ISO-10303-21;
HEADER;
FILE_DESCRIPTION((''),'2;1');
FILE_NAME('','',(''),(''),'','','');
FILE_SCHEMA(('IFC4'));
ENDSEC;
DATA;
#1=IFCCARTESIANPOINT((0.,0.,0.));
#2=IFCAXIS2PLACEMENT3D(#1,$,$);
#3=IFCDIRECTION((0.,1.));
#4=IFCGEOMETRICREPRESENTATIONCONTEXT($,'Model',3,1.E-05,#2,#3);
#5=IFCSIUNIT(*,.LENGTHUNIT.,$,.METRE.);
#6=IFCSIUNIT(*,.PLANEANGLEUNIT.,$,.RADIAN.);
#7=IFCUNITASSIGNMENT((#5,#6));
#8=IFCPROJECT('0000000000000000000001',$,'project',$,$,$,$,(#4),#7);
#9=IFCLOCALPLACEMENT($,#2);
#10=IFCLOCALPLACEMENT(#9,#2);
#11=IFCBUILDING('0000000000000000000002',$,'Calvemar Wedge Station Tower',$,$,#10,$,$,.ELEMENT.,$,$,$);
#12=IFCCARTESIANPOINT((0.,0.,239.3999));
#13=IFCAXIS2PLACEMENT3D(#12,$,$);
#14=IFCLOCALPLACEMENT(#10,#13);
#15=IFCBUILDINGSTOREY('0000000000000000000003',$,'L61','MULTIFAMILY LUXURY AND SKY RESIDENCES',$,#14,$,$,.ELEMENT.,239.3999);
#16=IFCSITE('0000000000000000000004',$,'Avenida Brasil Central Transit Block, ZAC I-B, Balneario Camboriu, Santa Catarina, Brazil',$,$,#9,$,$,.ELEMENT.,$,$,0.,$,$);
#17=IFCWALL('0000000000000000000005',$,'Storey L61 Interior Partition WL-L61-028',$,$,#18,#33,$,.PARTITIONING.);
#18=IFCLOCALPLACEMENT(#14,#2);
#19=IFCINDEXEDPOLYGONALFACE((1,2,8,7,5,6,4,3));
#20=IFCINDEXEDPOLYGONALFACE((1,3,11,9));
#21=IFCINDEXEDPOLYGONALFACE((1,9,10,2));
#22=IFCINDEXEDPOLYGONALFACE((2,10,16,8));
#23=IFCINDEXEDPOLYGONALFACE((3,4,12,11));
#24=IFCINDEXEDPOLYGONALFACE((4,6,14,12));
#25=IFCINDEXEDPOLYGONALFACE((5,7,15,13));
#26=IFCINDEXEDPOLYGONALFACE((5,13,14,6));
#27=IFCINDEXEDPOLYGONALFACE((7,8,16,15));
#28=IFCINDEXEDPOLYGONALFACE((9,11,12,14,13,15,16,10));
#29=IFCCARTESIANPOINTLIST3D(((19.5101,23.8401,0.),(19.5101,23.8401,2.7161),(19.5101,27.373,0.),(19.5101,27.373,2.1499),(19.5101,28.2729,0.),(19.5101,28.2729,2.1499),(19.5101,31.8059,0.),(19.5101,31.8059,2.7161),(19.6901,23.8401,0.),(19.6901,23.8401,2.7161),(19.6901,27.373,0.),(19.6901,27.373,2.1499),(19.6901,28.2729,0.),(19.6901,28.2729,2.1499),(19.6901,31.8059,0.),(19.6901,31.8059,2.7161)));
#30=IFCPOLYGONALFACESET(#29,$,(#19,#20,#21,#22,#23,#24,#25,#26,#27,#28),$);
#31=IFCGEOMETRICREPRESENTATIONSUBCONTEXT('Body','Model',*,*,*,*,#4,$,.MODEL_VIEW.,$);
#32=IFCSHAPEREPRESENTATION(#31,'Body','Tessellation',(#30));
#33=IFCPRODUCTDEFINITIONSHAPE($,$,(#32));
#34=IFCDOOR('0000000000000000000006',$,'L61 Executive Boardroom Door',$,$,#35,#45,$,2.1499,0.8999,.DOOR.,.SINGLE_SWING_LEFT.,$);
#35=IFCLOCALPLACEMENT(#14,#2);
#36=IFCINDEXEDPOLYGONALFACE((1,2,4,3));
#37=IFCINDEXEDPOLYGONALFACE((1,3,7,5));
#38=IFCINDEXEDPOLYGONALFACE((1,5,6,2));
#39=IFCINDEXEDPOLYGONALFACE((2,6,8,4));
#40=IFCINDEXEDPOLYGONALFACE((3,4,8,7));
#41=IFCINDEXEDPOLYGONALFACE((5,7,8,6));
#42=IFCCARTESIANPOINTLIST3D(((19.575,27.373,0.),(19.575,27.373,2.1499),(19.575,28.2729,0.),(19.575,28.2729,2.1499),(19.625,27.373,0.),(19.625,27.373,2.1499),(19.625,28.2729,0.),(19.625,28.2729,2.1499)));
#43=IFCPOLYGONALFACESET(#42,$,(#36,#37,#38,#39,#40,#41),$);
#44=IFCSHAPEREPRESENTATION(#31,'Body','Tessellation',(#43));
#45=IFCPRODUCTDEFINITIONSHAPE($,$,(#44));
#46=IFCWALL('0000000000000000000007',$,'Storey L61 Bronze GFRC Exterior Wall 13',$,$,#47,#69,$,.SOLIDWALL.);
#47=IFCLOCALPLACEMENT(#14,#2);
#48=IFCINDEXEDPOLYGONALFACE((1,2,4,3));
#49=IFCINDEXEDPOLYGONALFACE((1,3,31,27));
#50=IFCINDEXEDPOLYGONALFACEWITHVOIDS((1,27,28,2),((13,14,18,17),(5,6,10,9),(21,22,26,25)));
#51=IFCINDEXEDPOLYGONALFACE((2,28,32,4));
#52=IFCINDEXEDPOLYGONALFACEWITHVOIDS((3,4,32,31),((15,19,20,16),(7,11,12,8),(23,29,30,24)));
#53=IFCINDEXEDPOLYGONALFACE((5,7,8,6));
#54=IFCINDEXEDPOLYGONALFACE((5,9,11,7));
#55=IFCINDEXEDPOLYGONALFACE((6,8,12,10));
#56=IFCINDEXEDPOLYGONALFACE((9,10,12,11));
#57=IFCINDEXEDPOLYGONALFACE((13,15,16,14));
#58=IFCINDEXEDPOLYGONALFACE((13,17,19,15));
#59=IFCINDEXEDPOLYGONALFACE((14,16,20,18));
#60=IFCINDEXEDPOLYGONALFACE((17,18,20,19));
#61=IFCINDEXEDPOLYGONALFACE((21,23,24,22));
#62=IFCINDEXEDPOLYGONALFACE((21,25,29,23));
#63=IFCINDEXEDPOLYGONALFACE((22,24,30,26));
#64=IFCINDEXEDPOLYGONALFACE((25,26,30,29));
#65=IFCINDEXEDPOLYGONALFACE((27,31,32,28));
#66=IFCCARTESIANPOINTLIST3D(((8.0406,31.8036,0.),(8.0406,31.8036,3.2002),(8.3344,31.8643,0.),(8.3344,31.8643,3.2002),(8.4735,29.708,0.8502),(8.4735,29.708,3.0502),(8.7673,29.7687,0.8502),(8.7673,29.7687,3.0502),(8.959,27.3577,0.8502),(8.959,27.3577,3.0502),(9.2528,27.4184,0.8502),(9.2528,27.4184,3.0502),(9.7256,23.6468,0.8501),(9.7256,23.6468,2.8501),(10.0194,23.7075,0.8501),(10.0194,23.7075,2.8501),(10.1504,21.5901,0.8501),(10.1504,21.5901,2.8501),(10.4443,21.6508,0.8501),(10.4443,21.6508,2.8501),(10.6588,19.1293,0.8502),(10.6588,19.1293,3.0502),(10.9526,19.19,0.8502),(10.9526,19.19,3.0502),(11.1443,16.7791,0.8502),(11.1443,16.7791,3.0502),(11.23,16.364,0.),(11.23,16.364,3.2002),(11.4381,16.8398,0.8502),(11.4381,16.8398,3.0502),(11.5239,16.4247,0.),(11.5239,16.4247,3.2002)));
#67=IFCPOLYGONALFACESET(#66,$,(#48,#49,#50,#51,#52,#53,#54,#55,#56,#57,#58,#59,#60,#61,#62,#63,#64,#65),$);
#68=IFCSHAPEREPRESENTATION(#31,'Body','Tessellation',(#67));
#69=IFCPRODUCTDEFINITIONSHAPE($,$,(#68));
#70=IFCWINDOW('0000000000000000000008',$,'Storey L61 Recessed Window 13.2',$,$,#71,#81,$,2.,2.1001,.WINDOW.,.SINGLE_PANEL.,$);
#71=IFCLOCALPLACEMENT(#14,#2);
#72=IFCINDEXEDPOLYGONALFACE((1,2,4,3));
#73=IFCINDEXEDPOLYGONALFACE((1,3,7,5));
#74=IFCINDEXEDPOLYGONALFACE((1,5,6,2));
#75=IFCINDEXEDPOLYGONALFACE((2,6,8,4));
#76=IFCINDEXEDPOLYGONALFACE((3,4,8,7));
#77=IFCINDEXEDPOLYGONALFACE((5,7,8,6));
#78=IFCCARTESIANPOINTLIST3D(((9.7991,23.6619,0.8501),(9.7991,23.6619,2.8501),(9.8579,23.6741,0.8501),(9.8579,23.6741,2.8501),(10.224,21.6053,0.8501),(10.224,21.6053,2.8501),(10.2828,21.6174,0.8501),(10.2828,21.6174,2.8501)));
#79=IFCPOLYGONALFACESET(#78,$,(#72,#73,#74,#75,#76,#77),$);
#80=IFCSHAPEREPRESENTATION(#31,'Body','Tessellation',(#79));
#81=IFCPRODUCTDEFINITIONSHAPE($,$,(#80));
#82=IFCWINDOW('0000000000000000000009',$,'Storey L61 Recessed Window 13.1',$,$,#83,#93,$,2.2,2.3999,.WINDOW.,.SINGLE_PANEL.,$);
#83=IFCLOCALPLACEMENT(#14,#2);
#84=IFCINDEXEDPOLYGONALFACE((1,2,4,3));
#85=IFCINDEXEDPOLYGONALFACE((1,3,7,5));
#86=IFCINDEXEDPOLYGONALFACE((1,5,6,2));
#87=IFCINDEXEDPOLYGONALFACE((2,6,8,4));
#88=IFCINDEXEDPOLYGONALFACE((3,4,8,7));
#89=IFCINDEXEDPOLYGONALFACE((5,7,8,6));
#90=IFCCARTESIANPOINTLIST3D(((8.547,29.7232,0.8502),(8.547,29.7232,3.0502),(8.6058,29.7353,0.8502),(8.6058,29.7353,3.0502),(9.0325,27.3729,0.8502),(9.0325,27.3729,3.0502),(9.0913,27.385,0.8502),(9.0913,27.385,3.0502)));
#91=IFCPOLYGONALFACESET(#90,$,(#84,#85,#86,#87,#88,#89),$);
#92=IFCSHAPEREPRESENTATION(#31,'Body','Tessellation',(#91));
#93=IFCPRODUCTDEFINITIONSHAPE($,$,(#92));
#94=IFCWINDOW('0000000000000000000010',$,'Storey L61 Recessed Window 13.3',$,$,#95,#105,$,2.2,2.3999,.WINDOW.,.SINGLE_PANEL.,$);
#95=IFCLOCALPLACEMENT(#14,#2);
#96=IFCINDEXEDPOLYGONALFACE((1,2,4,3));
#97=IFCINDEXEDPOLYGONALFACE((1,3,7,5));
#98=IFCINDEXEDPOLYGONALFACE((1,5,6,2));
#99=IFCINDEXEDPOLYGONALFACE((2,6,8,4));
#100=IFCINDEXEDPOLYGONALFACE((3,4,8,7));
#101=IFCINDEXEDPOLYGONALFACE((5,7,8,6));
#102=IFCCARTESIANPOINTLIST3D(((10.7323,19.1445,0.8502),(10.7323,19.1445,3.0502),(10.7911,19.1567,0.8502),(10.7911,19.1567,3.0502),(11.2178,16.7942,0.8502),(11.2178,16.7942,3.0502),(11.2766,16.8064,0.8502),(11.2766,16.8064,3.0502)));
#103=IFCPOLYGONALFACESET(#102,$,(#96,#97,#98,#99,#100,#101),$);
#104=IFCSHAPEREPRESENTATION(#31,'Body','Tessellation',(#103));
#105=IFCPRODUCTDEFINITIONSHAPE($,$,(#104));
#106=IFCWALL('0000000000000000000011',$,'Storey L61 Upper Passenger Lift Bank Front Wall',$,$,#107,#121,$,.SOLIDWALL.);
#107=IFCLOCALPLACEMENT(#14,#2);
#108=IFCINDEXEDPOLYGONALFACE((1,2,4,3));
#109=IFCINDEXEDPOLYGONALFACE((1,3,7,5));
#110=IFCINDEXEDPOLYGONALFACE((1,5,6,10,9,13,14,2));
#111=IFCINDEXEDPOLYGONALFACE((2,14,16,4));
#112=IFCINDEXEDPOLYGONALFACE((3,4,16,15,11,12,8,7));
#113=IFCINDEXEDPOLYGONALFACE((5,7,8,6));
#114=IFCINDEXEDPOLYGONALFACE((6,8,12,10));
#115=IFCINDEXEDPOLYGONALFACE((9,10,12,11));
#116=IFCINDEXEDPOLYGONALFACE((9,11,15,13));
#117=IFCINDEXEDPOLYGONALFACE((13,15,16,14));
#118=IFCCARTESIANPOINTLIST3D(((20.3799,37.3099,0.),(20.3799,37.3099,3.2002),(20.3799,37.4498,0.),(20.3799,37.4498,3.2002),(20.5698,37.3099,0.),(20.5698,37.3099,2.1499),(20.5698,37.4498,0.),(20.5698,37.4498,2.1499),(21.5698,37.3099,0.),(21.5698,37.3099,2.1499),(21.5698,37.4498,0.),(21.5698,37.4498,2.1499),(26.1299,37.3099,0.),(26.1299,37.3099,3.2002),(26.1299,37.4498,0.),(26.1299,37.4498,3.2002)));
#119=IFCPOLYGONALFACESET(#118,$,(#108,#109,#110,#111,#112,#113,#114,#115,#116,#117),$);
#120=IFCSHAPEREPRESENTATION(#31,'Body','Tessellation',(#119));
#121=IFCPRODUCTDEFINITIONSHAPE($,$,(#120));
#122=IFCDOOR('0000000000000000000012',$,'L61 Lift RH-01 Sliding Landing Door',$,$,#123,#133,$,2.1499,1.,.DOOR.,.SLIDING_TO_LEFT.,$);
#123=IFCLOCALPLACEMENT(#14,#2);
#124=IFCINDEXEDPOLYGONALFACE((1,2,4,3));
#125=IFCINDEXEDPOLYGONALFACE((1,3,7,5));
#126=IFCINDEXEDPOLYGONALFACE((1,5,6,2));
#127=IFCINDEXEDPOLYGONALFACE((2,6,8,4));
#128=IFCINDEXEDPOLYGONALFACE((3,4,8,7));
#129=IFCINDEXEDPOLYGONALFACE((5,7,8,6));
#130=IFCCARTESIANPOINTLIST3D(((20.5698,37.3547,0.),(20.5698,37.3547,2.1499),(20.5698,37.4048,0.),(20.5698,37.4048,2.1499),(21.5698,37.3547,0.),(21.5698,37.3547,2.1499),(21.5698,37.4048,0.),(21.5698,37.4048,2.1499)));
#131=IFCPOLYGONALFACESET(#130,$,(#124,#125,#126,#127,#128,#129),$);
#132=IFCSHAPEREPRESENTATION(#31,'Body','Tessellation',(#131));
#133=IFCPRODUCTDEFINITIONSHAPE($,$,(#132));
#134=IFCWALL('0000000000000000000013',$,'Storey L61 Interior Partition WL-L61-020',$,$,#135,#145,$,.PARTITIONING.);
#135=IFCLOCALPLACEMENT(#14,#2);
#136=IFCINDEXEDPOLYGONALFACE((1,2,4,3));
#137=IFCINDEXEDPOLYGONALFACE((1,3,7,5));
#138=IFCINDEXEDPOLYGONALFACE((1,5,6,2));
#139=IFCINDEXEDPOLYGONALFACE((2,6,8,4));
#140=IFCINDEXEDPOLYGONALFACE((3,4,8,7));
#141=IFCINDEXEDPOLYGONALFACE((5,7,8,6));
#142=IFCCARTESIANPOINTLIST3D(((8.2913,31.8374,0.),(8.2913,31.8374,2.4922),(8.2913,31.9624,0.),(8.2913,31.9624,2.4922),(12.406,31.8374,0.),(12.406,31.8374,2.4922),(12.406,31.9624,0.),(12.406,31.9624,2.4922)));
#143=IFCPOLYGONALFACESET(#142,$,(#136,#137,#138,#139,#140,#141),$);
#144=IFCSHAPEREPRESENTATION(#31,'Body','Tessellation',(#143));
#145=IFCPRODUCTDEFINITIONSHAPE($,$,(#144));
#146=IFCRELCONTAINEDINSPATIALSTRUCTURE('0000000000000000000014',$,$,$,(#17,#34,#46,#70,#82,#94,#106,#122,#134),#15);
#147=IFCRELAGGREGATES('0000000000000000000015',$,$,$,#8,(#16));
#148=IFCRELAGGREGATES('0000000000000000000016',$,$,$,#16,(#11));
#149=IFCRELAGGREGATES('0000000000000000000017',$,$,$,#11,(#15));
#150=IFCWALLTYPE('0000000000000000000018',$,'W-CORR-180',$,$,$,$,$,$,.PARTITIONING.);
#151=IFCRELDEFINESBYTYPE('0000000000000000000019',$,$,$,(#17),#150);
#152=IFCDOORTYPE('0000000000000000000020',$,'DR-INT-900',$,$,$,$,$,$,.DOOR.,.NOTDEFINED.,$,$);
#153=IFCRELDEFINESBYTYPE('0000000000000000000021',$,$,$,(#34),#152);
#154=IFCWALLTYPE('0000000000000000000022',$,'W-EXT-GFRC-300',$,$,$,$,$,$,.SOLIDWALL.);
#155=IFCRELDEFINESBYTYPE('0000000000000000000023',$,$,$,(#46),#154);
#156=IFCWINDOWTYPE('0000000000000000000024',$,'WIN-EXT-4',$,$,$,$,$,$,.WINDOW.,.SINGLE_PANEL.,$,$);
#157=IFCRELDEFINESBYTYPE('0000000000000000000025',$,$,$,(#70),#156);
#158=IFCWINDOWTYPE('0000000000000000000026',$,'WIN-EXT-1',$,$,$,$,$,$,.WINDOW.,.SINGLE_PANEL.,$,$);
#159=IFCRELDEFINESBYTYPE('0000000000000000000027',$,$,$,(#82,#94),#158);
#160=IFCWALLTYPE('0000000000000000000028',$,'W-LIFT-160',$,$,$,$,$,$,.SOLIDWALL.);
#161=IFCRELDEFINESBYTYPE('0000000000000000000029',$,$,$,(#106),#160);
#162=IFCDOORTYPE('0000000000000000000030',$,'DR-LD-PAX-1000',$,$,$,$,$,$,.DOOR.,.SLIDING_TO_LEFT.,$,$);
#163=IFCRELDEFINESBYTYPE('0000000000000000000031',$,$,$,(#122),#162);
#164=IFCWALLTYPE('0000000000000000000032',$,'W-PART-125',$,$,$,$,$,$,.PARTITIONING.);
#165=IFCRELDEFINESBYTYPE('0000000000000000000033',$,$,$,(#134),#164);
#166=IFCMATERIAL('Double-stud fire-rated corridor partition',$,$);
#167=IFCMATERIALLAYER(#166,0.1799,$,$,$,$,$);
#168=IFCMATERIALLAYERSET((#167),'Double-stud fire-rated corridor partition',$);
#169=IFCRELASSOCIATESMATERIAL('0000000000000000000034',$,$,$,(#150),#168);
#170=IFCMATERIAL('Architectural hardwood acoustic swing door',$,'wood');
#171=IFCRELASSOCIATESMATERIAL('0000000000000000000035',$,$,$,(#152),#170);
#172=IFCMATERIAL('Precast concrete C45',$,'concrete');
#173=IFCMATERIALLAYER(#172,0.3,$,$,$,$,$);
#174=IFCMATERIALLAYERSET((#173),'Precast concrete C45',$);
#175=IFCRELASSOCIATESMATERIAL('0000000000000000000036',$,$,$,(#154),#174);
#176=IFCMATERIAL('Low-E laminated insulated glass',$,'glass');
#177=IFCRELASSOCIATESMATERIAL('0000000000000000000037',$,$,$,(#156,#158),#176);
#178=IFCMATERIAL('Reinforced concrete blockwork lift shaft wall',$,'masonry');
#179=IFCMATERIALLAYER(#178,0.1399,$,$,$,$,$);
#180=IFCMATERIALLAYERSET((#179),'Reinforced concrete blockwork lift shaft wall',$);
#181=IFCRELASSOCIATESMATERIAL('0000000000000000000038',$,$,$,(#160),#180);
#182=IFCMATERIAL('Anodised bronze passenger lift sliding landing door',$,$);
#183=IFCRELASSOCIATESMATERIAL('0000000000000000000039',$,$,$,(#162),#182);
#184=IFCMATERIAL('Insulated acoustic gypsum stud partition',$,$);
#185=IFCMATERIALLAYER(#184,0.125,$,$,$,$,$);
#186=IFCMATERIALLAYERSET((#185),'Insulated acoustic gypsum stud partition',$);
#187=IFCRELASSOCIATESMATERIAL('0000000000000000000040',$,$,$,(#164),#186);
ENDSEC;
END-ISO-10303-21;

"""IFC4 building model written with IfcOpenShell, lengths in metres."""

from ifc_helpers import new_model, si_unit, direction, frame, frame_2d, origin, place, context, subcontext, project, spatial, rectangle, extrude, source, transform, mapped, material, layer, layer_set, type_object, element, fill, save


model = new_model("IFC4")

# Units and contexts
model_context = context("Model", 3, precision=1e-05, world=origin(), true_north=direction((0.0, 1.0)))
body_context = subcontext(model_context, "Body", "Model", "MODEL_VIEW")
ifc_project = project(units=[si_unit("LENGTHUNIT", "METRE"), si_unit("PLANEANGLEUNIT", "RADIAN")], contexts=[model_context])

# Site, building, storey
site_placement = place(None, origin())
site = spatial("IfcSite", under=ifc_project, at=site_placement, Name="Avenida Brasil Central Transit Block, ZAC I-B, Balneario Camboriu, Santa Catarina, Brazil", CompositionType="ELEMENT", RefElevation=0.0)
building_placement = place(site_placement, origin())
building = spatial("IfcBuilding", under=site, at=building_placement, Name="Calvemar Wedge Station Tower", CompositionType="ELEMENT")
storey_placement = place(building_placement, frame((0.0, 0.0, 239.3999)))
storey = spatial("IfcBuildingStorey", under=building, at=storey_placement, Name="L61", Description="MULTIFAMILY LUXURY AND SKY RESIDENCES", CompositionType="ELEMENT", Elevation=239.3999)

# Shared definitions
ifc_material_1 = material(Name="Double-stud fire-rated corridor partition")
ifc_layer_1 = layer(ifc_material_1, 0.1799)
ifc_layer_set_1 = layer_set([ifc_layer_1], Name="Double-stud fire-rated corridor partition")
wall_type_1 = type_object("IfcWallType", Name="W-CORR-180", PredefinedType="PARTITIONING", material=ifc_layer_set_1)
shared_shape_1 = source(origin(), body_context, "Body", "SweptSolid", [
    extrude(rectangle(XDim=0.8999, YDim=2.1499, at=frame_2d((0.45, 1.075))), frame((0.0, 0.1001, 0.0), z_axis=(0.0, -1.0, 0.0), x_axis=(1.0, 0.0, 0.0)), (0.0, 0.0, 1.0), 0.2),
])

# Wall, opening, door
ifc_material_2 = material(Name="Architectural hardwood acoustic swing door", Category="wood")
door_type_1 = type_object("IfcDoorType", Name="DR-INT-900", OperationType="NOTDEFINED", PredefinedType="DOOR", material=ifc_material_2)
shared_shape_2 = source(origin(), body_context, "Body", "SweptSolid", [
    extrude(rectangle(XDim=0.8999, YDim=2.1499, at=frame_2d((0.45, 1.075))), frame((0.0, 0.0249, 0.0), z_axis=(0.0, -1.0, 0.0), x_axis=(1.0, 0.0, 0.0)), (0.0, 0.0, 1.0), 0.05),
])
wall_1_placement = place(storey_placement, frame((19.6001, 31.8059, 0.0), z_axis=(0.0, 0.0, 1.0), x_axis=(0.0, -1.0, 0.0)))
wall_1 = element("IfcWall", 1, at=wall_1_placement, inside=storey, type_object=wall_type_1, Name="Storey L61 Interior Partition WL-L61-028", PredefinedType="PARTITIONING", context=body_context, shape_type="SweptSolid", body=[
    extrude(rectangle(XDim=7.9658, YDim=0.1799, at=frame_2d((3.9829, 0.0))), origin(), (0.0, 0.0, 1.0), 2.7161),
])
opening_1_placement = place(wall_1_placement, frame((3.533, 0.0, 0.0)))
opening_1 = element("IfcOpeningElement", 2, at=opening_1_placement, cuts=wall_1, PredefinedType="OPENING", context=body_context, shape_type="MappedRepresentation", body=[
    mapped(shared_shape_1, transform((0.0, 0.0, 0.0), scale=1.0)),
])
door_1_placement = place(opening_1_placement, origin())
door_1 = element("IfcDoor", 3, at=door_1_placement, inside=storey, type_object=door_type_1, Name="L61 Executive Boardroom Door", OperationType="SINGLE_SWING_LEFT", OverallHeight=2.1499, OverallWidth=0.8999, PredefinedType="DOOR", context=body_context, shape_type="MappedRepresentation", body=[
    mapped(shared_shape_2, transform((0.0, 0.0, 0.0), scale=1.0)),
])
fill(opening_1, door_1)

# Wall, openings, windows
ifc_material_3 = material(Name="Precast concrete C45", Category="concrete")
ifc_layer_2 = layer(ifc_material_3, 0.3)
ifc_layer_set_2 = layer_set([ifc_layer_2], Name="Precast concrete C45")
wall_type_2 = type_object("IfcWallType", Name="W-EXT-GFRC-300", PredefinedType="SOLIDWALL", material=ifc_layer_set_2)
wall_2_placement = place(storey_placement, frame((8.1875, 31.834, 0.0), z_axis=(0.0, 0.0, 1.0), x_axis=(0.202303, -0.979323, 0.0)))
wall_2 = element("IfcWall", 4, at=wall_2_placement, inside=storey, type_object=wall_type_2, Name="Storey L61 Bronze GFRC Exterior Wall 13", PredefinedType="SOLIDWALL", context=body_context, shape_type="SweptSolid", body=[
    extrude(rectangle(XDim=15.7656, YDim=0.3, at=frame_2d((7.8828, 0.0))), origin(), (0.0, 0.0, 1.0), 3.2002),
])
shared_shape_3 = source(origin(), body_context, "Body", "SweptSolid", [
    extrude(rectangle(XDim=2.3999, YDim=2.2, at=frame_2d((1.2, 1.1001))), frame((0.0, 0.1602, 0.0), z_axis=(0.0, -1.0, 0.0), x_axis=(1.0, 0.0, 0.0)), (0.0, 0.0, 1.0), 0.3201),
])
opening_2_placement = place(wall_2_placement, frame((2.1399, 0.0, 0.8501)))
opening_2 = element("IfcOpeningElement", 5, at=opening_2_placement, cuts=wall_2, PredefinedType="OPENING", context=body_context, shape_type="MappedRepresentation", body=[
    mapped(shared_shape_3, transform((0.0, 0.0, 0.0), scale=1.0)),
])
shared_shape_4 = source(origin(), body_context, "Body", "SweptSolid", [
    extrude(rectangle(XDim=2.1001, YDim=2.0, at=frame_2d((1.05, 1.0))), frame((0.0, 0.1602, 0.0), z_axis=(0.0, -1.0, 0.0), x_axis=(1.0, 0.0, 0.0)), (0.0, 0.0, 1.0), 0.3201),
])
opening_3_placement = place(wall_2_placement, frame((8.3291, 0.0, 0.8501)))
opening_3 = element("IfcOpeningElement", 6, at=opening_3_placement, cuts=wall_2, PredefinedType="OPENING", context=body_context, shape_type="MappedRepresentation", body=[
    mapped(shared_shape_4, transform((0.0, 0.0, 0.0), scale=1.0)),
])
opening_4_placement = place(wall_2_placement, frame((12.9419, 0.0, 0.8501)))
opening_4 = element("IfcOpeningElement", 7, at=opening_4_placement, cuts=wall_2, PredefinedType="OPENING", context=body_context, shape_type="MappedRepresentation", body=[
    mapped(shared_shape_3, transform((0.0, 0.0, 0.0), scale=1.0)),
])
ifc_material_4 = material(Name="Low-E laminated insulated glass", Category="glass")
window_type_1 = type_object("IfcWindowType", Name="WIN-EXT-4", PartitioningType="SINGLE_PANEL", PredefinedType="WINDOW", material=ifc_material_4)
shared_shape_5 = source(origin(), body_context, "Body", "SweptSolid", [
    extrude(rectangle(XDim=2.1001, YDim=2.0, at=frame_2d((1.05, 1.0))), frame((0.0, -0.0149, 0.0), z_axis=(0.0, -1.0, 0.0), x_axis=(1.0, 0.0, 0.0)), (0.0, 0.0, 1.0), 0.0601),
])
window_1_placement = place(opening_3_placement, origin())
window_1 = element("IfcWindow", 8, at=window_1_placement, inside=storey, type_object=window_type_1, Name="Storey L61 Recessed Window 13.2", OverallHeight=2.0, OverallWidth=2.1001, PartitioningType="SINGLE_PANEL", PredefinedType="WINDOW", context=body_context, shape_type="MappedRepresentation", body=[
    mapped(shared_shape_5, transform((0.0, 0.0, 0.0), scale=1.0)),
])
fill(opening_3, window_1)
window_type_2 = type_object("IfcWindowType", Name="WIN-EXT-1", PartitioningType="SINGLE_PANEL", PredefinedType="WINDOW", material=ifc_material_4)
shared_shape_6 = source(origin(), body_context, "Body", "SweptSolid", [
    extrude(rectangle(XDim=2.3999, YDim=2.2, at=frame_2d((1.2, 1.1001))), frame((0.0, -0.0149, 0.0), z_axis=(0.0, -1.0, 0.0), x_axis=(1.0, 0.0, 0.0)), (0.0, 0.0, 1.0), 0.0601),
])
window_2_placement = place(opening_2_placement, origin())
window_2 = element("IfcWindow", 9, at=window_2_placement, inside=storey, type_object=window_type_2, Name="Storey L61 Recessed Window 13.1", OverallHeight=2.2, OverallWidth=2.3999, PartitioningType="SINGLE_PANEL", PredefinedType="WINDOW", context=body_context, shape_type="MappedRepresentation", body=[
    mapped(shared_shape_6, transform((0.0, 0.0, 0.0), scale=1.0)),
])
fill(opening_2, window_2)
window_3_placement = place(opening_4_placement, origin())
window_3 = element("IfcWindow", 10, at=window_3_placement, inside=storey, type_object=window_type_2, Name="Storey L61 Recessed Window 13.3", OverallHeight=2.2, OverallWidth=2.3999, PartitioningType="SINGLE_PANEL", PredefinedType="WINDOW", context=body_context, shape_type="MappedRepresentation", body=[
    mapped(shared_shape_6, transform((0.0, 0.0, 0.0), scale=1.0)),
])
fill(opening_4, window_3)

# Wall, opening, door
ifc_material_5 = material(Name="Reinforced concrete blockwork lift shaft wall", Category="masonry")
ifc_layer_3 = layer(ifc_material_5, 0.1399)
ifc_layer_set_3 = layer_set([ifc_layer_3], Name="Reinforced concrete blockwork lift shaft wall")
wall_type_3 = type_object("IfcWallType", Name="W-LIFT-160", PredefinedType="SOLIDWALL", material=ifc_layer_set_3)
wall_3_placement = place(storey_placement, frame((20.3799, 37.3799, 0.0), z_axis=(0.0, 0.0, 1.0), x_axis=(1.0, 0.0, 0.0)))
wall_3 = element("IfcWall", 11, at=wall_3_placement, inside=storey, type_object=wall_type_3, Name="Storey L61 Upper Passenger Lift Bank Front Wall", PredefinedType="SOLIDWALL", context=body_context, shape_type="SweptSolid", body=[
    extrude(rectangle(XDim=5.75, YDim=0.1399, at=frame_2d((2.875, 0.0))), origin(), (0.0, 0.0, 1.0), 3.2002),
])
shared_shape_7 = source(origin(), body_context, "Body", "SweptSolid", [
    extrude(rectangle(XDim=1.0, YDim=2.1499, at=frame_2d((0.5, 1.075))), frame((0.0, 0.0801, 0.0), z_axis=(0.0, -1.0, 0.0), x_axis=(1.0, 0.0, 0.0)), (0.0, 0.0, 1.0), 0.1599),
])
opening_5_placement = place(wall_3_placement, frame((0.1899, 0.0, 0.0)))
opening_5 = element("IfcOpeningElement", 12, at=opening_5_placement, cuts=wall_3, PredefinedType="OPENING", context=body_context, shape_type="MappedRepresentation", body=[
    mapped(shared_shape_7, transform((0.0, 0.0, 0.0), scale=1.0)),
])
ifc_material_6 = material(Name="Anodised bronze passenger lift sliding landing door")
door_type_2 = type_object("IfcDoorType", Name="DR-LD-PAX-1000", OperationType="SLIDING_TO_LEFT", PredefinedType="DOOR", material=ifc_material_6)
shared_shape_8 = source(origin(), body_context, "Body", "SweptSolid", [
    extrude(rectangle(XDim=1.0, YDim=2.1499, at=frame_2d((0.5, 1.075))), frame((0.0, 0.0249, 0.0), z_axis=(0.0, -1.0, 0.0), x_axis=(1.0, 0.0, 0.0)), (0.0, 0.0, 1.0), 0.05),
])
door_2_placement = place(opening_5_placement, origin())
door_2 = element("IfcDoor", 13, at=door_2_placement, inside=storey, type_object=door_type_2, Name="L61 Lift RH-01 Sliding Landing Door", OperationType="SLIDING_TO_LEFT", OverallHeight=2.1499, OverallWidth=1.0, PredefinedType="DOOR", context=body_context, shape_type="MappedRepresentation", body=[
    mapped(shared_shape_8, transform((0.0, 0.0, 0.0), scale=1.0)),
])
fill(opening_5, door_2)

# Wall
ifc_material_7 = material(Name="Insulated acoustic gypsum stud partition")
ifc_layer_4 = layer(ifc_material_7, 0.125)
ifc_layer_set_4 = layer_set([ifc_layer_4], Name="Insulated acoustic gypsum stud partition")
wall_type_4 = type_object("IfcWallType", Name="W-PART-125", PredefinedType="PARTITIONING", material=ifc_layer_set_4)
wall_4_placement = place(storey_placement, frame((12.406, 31.8999, 0.0), z_axis=(0.0, 0.0, 1.0), x_axis=(-1.0, 0.0, 0.0)))
element("IfcWall", 14, at=wall_4_placement, inside=storey, type_object=wall_type_4, Name="Storey L61 Interior Partition WL-L61-020", PredefinedType="PARTITIONING", context=body_context, shape_type="SweptSolid", body=[
    extrude(rectangle(XDim=4.1147, YDim=0.125, at=frame_2d((2.0574, 0.0))), origin(), (0.0, 0.0, 1.0), 2.4922),
])

save(model, "model.ifc")
